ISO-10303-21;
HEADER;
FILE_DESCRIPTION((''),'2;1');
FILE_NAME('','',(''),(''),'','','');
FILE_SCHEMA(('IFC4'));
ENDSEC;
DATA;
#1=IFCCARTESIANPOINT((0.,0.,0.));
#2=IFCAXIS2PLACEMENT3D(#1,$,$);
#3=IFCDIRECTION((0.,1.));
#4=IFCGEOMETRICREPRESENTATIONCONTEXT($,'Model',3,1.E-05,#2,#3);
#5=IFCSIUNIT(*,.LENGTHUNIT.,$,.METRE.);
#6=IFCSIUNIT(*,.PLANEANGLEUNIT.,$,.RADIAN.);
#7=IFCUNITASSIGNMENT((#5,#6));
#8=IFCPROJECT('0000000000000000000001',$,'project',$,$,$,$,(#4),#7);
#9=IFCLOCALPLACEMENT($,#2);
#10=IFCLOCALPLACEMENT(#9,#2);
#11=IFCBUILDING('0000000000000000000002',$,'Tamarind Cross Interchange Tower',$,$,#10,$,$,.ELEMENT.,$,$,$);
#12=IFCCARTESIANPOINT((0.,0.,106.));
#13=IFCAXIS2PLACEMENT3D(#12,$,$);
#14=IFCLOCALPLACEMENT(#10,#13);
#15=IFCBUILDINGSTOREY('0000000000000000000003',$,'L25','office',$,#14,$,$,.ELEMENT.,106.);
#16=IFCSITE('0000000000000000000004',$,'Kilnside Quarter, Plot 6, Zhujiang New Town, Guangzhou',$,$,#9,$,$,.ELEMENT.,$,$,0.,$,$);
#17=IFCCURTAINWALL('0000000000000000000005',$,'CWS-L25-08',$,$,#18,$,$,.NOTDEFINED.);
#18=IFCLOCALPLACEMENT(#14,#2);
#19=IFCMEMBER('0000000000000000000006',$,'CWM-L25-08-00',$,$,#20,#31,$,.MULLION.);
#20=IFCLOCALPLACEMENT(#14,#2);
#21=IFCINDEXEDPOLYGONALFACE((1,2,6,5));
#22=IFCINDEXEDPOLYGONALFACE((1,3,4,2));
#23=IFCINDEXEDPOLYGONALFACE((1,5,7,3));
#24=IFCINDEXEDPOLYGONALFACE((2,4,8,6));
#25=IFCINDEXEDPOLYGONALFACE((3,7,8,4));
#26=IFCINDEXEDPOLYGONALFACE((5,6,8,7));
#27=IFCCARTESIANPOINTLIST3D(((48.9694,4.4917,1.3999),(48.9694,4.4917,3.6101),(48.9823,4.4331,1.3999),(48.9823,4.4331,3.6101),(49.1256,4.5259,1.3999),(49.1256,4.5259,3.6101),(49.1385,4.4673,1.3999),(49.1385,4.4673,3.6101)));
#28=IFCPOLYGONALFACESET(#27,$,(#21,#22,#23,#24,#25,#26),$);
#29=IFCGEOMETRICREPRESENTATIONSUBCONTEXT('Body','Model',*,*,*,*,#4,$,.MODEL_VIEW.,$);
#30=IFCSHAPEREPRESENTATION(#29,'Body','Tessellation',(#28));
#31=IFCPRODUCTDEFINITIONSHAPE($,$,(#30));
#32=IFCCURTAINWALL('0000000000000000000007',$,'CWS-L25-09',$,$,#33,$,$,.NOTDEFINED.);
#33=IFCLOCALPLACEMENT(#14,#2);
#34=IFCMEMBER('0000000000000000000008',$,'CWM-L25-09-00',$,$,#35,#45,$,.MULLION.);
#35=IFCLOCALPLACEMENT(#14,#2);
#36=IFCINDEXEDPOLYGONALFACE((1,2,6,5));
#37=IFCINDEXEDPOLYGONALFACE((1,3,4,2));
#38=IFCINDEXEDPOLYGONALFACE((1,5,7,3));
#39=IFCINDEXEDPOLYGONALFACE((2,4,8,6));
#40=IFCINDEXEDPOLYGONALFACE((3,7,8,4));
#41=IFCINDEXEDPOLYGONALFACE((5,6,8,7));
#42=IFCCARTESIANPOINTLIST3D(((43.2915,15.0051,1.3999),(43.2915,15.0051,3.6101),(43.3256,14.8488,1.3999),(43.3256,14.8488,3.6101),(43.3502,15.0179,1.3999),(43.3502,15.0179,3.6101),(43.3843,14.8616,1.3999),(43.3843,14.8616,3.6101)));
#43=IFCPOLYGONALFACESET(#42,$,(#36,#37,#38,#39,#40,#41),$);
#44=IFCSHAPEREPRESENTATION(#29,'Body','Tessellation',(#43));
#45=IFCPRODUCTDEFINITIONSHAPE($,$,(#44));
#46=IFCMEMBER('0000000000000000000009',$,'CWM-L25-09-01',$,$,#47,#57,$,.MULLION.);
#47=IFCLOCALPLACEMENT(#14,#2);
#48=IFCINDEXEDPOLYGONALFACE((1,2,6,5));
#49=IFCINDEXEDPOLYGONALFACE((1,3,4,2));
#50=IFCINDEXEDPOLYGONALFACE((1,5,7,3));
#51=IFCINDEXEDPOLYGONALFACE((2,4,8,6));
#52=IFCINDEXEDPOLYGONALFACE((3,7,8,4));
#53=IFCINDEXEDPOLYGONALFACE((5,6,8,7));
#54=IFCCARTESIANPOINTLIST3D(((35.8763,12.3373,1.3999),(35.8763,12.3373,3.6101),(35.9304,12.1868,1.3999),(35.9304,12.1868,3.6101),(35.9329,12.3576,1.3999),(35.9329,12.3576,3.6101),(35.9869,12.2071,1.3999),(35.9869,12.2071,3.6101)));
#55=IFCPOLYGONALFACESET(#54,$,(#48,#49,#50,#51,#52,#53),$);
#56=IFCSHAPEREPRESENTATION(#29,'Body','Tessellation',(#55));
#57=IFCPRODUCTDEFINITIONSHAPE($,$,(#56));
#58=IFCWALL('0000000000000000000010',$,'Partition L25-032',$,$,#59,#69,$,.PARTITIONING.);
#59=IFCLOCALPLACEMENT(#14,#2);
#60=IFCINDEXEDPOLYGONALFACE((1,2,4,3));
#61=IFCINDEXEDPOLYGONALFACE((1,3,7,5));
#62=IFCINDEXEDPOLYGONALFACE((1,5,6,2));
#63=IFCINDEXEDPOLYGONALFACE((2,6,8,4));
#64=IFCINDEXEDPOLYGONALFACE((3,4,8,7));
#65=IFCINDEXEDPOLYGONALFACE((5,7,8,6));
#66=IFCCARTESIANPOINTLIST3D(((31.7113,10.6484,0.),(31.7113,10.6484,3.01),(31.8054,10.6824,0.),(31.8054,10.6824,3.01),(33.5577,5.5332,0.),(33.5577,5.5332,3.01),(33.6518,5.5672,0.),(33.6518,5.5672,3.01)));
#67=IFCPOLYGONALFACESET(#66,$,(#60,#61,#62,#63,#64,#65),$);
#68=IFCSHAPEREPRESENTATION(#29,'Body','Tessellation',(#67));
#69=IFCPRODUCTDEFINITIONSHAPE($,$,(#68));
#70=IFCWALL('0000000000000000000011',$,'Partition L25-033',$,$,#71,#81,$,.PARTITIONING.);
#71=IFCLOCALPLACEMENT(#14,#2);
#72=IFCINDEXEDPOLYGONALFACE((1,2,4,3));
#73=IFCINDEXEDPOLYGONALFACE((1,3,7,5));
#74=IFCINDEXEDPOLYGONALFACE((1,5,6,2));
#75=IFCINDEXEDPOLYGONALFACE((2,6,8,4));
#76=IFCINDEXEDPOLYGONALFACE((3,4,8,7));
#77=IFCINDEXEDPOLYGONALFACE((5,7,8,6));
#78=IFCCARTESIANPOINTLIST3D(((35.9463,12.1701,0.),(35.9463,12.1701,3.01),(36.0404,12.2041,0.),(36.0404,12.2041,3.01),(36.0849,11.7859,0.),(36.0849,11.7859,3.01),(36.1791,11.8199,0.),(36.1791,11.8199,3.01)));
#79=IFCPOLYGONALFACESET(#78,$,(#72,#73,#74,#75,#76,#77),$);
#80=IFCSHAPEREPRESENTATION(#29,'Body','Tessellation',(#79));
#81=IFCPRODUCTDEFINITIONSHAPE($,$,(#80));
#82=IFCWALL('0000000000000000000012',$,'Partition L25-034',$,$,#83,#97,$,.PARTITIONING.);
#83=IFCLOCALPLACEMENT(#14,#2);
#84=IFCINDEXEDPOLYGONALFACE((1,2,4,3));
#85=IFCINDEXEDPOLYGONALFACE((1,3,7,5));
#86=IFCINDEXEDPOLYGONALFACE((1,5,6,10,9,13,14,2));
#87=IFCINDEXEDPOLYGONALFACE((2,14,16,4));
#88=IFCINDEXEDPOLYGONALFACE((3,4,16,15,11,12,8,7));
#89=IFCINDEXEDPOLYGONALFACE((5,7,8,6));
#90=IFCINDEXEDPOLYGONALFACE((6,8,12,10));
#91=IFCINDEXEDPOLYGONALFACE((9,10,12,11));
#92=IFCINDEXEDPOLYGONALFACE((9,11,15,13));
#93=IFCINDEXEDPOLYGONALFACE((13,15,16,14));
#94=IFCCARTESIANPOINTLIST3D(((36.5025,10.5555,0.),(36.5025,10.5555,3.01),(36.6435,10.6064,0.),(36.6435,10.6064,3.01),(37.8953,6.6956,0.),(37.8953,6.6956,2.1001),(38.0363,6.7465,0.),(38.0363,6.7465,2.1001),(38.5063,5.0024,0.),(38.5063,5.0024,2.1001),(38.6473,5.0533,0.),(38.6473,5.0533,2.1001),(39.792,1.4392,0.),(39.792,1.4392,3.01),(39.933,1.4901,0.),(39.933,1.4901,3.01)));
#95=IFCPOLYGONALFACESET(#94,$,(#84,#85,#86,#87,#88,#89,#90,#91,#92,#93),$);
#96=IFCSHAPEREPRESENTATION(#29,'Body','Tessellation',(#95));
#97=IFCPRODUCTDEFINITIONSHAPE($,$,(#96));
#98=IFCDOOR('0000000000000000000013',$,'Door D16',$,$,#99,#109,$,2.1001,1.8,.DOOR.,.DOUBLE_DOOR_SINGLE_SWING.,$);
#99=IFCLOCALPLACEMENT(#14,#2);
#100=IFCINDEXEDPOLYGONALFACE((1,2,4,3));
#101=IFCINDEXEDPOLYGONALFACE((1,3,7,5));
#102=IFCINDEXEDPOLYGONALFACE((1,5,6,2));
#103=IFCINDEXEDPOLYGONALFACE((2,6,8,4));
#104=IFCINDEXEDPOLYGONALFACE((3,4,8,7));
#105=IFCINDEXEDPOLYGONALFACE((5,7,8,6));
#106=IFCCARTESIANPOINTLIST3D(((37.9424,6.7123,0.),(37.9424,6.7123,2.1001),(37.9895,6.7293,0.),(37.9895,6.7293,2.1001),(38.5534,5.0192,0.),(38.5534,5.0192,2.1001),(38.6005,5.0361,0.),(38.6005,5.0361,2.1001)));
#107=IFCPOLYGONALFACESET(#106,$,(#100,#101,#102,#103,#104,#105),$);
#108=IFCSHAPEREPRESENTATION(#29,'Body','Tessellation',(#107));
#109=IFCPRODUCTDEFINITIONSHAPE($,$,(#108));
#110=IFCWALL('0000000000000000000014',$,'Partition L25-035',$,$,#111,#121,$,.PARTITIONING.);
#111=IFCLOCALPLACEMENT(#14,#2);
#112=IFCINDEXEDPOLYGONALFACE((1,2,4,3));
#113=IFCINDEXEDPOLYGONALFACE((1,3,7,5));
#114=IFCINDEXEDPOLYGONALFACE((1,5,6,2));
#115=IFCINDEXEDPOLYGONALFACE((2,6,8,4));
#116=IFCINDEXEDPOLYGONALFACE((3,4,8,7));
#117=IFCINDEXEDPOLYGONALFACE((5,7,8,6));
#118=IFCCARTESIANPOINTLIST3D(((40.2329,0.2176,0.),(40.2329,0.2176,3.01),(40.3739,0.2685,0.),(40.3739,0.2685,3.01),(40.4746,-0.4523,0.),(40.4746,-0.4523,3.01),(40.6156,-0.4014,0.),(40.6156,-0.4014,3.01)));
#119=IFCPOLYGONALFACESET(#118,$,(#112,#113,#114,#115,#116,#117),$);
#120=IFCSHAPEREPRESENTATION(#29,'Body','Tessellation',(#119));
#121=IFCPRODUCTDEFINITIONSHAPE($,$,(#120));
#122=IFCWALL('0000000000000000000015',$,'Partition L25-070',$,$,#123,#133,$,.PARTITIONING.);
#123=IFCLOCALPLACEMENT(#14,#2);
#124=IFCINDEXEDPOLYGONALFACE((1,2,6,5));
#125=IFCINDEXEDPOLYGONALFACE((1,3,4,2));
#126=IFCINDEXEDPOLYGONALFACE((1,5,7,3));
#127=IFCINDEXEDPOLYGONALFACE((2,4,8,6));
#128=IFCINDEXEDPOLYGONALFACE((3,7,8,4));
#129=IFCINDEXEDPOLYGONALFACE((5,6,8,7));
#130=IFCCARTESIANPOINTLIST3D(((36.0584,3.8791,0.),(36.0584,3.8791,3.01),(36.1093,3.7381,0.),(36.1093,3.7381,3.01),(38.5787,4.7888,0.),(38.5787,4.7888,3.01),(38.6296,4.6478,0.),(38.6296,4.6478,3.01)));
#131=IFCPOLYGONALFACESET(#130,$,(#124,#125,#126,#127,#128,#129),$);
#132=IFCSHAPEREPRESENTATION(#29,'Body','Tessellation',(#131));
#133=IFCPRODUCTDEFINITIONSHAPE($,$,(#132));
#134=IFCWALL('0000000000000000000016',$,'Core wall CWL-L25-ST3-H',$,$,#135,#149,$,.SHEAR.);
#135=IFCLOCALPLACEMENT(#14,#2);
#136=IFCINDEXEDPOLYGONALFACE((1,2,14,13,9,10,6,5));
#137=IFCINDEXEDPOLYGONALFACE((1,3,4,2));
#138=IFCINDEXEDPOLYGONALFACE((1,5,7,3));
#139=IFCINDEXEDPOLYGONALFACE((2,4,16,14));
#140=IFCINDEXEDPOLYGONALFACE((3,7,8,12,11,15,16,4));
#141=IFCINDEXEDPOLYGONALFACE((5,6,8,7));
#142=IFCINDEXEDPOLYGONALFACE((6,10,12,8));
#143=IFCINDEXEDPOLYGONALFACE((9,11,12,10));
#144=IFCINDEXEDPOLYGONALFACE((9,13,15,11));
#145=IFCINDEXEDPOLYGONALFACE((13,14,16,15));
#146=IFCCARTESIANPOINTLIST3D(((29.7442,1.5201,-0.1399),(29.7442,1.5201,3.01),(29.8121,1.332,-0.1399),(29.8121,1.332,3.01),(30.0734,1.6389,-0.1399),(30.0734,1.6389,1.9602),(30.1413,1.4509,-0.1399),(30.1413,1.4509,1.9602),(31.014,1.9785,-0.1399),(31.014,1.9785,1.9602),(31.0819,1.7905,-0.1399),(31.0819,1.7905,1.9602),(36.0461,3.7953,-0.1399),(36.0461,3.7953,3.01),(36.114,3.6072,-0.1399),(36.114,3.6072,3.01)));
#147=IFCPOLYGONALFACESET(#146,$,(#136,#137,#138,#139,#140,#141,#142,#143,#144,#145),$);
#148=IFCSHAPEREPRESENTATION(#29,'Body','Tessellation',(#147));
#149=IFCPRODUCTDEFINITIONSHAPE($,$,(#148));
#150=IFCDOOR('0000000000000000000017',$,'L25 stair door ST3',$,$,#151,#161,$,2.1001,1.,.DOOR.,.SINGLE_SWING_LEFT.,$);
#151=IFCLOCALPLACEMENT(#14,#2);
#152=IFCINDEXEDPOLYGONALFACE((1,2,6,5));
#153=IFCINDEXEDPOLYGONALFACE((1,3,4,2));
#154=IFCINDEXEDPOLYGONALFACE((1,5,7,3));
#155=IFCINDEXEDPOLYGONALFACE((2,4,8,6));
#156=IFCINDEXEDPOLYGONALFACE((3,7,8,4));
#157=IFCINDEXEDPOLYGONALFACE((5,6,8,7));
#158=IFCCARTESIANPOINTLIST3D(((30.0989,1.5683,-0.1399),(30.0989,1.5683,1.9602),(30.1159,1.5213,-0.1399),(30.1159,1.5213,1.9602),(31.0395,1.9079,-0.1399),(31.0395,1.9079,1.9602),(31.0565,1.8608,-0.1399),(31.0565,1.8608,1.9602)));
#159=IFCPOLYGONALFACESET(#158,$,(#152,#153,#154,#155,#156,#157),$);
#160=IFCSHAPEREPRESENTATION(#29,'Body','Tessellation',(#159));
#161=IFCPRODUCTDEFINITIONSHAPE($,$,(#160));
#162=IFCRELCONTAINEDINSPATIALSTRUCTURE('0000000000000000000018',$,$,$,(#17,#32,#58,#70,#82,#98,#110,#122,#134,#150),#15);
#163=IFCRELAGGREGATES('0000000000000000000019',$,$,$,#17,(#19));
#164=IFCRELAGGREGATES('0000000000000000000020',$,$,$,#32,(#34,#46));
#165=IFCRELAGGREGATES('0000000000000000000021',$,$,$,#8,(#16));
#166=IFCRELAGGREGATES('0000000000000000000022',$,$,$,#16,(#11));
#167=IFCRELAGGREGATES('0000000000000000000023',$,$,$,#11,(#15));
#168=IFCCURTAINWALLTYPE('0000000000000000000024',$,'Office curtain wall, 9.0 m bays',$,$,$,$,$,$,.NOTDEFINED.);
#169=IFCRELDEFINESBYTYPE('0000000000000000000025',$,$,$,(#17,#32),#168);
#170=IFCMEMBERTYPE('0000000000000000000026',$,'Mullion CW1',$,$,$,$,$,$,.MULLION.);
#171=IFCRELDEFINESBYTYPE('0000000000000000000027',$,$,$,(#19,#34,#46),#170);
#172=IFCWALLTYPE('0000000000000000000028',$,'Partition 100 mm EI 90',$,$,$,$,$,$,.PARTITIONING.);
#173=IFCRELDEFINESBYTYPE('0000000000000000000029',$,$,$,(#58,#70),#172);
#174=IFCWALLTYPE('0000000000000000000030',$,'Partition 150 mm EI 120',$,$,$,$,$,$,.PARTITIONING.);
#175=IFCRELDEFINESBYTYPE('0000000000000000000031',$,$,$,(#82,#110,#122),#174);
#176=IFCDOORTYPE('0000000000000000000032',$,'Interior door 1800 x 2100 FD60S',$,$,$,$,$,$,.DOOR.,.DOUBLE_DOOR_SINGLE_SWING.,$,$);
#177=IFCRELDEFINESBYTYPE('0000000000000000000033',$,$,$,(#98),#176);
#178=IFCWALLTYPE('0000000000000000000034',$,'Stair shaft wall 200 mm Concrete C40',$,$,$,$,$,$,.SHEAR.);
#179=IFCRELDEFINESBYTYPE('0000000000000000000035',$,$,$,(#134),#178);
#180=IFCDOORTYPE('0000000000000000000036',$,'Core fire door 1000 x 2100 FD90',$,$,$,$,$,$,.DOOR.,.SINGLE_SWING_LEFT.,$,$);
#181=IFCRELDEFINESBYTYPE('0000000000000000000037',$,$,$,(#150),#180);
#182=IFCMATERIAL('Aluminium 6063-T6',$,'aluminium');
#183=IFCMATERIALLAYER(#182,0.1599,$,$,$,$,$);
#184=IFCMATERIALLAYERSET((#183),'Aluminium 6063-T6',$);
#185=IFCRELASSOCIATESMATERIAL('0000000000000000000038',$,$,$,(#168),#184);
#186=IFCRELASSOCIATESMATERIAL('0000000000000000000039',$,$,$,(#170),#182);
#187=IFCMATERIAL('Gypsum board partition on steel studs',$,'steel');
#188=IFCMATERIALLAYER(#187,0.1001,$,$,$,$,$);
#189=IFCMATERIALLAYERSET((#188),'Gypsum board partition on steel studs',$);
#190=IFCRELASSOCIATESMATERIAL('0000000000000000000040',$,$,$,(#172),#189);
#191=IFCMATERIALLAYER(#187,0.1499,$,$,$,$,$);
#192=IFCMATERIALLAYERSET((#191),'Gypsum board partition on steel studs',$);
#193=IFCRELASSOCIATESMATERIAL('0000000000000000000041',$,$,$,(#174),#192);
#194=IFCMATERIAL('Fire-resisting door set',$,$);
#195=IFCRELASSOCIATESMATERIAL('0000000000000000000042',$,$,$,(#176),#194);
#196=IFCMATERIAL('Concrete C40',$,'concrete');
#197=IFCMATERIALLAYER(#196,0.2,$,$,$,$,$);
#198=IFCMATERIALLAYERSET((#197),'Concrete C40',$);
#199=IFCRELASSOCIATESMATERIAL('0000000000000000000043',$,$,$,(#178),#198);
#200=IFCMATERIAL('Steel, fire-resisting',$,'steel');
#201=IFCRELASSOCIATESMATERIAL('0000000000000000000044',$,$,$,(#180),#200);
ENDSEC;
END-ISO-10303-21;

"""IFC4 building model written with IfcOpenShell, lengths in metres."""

from ifc_helpers import new_model, si_unit, direction, frame, frame_2d, origin, origin_2d, place, context, subcontext, project, spatial, rectangle, extrude, material, layer, layer_set, material_profile, profile_set, type_object, element, fill, aggregate, save


model = new_model("IFC4")

# Units and contexts
model_context = context("Model", 3, precision=1e-05, world=origin(), true_north=direction((0.0, 1.0)))
body_context = subcontext(model_context, "Body", "Model", "MODEL_VIEW")
ifc_project = project(units=[si_unit("LENGTHUNIT", "METRE"), si_unit("PLANEANGLEUNIT", "RADIAN")], contexts=[model_context])

# Site, building, storey
site_placement = place(None, origin())
site = spatial("IfcSite", under=ifc_project, at=site_placement, Name="Kilnside Quarter, Plot 6, Zhujiang New Town, Guangzhou", CompositionType="ELEMENT", RefElevation=0.0)
building_placement = place(site_placement, origin())
building = spatial("IfcBuilding", under=site, at=building_placement, Name="Tamarind Cross Interchange Tower", CompositionType="ELEMENT")
storey_placement = place(building_placement, frame((0.0, 0.0, 106.0)))
storey = spatial("IfcBuildingStorey", under=building, at=storey_placement, Name="L25", Description="office", CompositionType="ELEMENT", Elevation=106.0)

# Curtain wall, member
ifc_material_1 = material(Name="Aluminium 6063-T6", Category="aluminium")
ifc_layer_1 = layer(ifc_material_1, 0.1599)
ifc_layer_set_1 = layer_set([ifc_layer_1], Name="Aluminium 6063-T6")
curtain_wall_type = type_object("IfcCurtainWallType", Name="Office curtain wall, 9.0 m bays", PredefinedType="NOTDEFINED", material=ifc_layer_set_1)
curtain_wall_1_placement = place(storey_placement, origin())
curtain_wall_1 = element("IfcCurtainWall", 1, at=curtain_wall_1_placement, inside=storey, type_object=curtain_wall_type, Name="CWS-L25-08", PredefinedType="NOTDEFINED")
ifc_material_profile_1 = material_profile(ifc_material_1, rectangle(XDim=0.0601, YDim=0.1599, at=origin_2d()), Name="Mullion CW1")
ifc_profile_set_1 = profile_set([ifc_material_profile_1], Name="Aluminium 6063-T6")
member_type = type_object("IfcMemberType", Name="Mullion CW1", PredefinedType="MULLION", material=ifc_profile_set_1)
member_1_placement = place(storey_placement, frame((49.054, 4.4795, 1.3999), z_axis=(0.0, 0.0, 1.0), x_axis=(-0.213903, 0.976855, 0.0)))
member_1 = element("IfcMember", 2, at=member_1_placement, type_object=member_type, Name="CWM-L25-08-00", PredefinedType="MULLION", context=body_context, shape_type="SweptSolid", body=[
    extrude(rectangle(XDim=0.0601, YDim=0.1599, at=origin_2d()), origin(), (0.0, 0.0, 1.0), 2.2102),
])
aggregate(curtain_wall_1, [member_1])

# Curtain wall, members
curtain_wall_2_placement = place(storey_placement, origin())
curtain_wall_2 = element("IfcCurtainWall", 3, at=curtain_wall_2_placement, inside=storey, type_object=curtain_wall_type, Name="CWS-L25-09", PredefinedType="NOTDEFINED")
member_2_placement = place(storey_placement, frame((43.3379, 14.9333, 1.3999), z_axis=(0.0, 0.0, 1.0), x_axis=(-0.977019, -0.213151, 0.0)))
member_2 = element("IfcMember", 4, at=member_2_placement, type_object=member_type, Name="CWM-L25-09-00", PredefinedType="MULLION", context=body_context, shape_type="SweptSolid", body=[
    extrude(rectangle(XDim=0.0601, YDim=0.1599, at=origin_2d()), origin(), (0.0, 0.0, 1.0), 2.2102),
])
member_3_placement = place(storey_placement, frame((35.9316, 12.2722, 1.3999), z_axis=(0.0, 0.0, 1.0), x_axis=(-0.9411, -0.338129, 0.0)))
member_3 = element("IfcMember", 5, at=member_3_placement, type_object=member_type, Name="CWM-L25-09-01", PredefinedType="MULLION", context=body_context, shape_type="SweptSolid", body=[
    extrude(rectangle(XDim=0.0601, YDim=0.1599, at=origin_2d()), origin(), (0.0, 0.0, 1.0), 2.2102),
])
aggregate(curtain_wall_2, [member_2, member_3])

# Walls
ifc_material_2 = material(Name="Gypsum board partition on steel studs", Category="steel")
ifc_layer_2 = layer(ifc_material_2, 0.1001)
ifc_layer_set_2 = layer_set([ifc_layer_2], Name="Gypsum board partition on steel studs")
wall_type_1 = type_object("IfcWallType", Name="Partition 100 mm EI 90", PredefinedType="PARTITIONING", material=ifc_layer_set_2)
wall_1_placement = place(storey_placement, frame((31.7583, 10.6655, 0.0), z_axis=(0.0, 0.0, 1.0), x_axis=(0.339525, -0.940597, 0.0)))
element("IfcWall", 6, at=wall_1_placement, inside=storey, type_object=wall_type_1, Name="Partition L25-032", PredefinedType="PARTITIONING", context=body_context, shape_type="SweptSolid", body=[
    extrude(rectangle(XDim=5.4382, YDim=0.1001, at=frame_2d((2.7192, 0.0))), origin(), (0.0, 0.0, 1.0), 3.01),
])
wall_2_placement = place(storey_placement, frame((35.9934, 12.187, 0.0), z_axis=(0.0, 0.0, 1.0), x_axis=(0.339439, -0.940628, 0.0)))
element("IfcWall", 7, at=wall_2_placement, inside=storey, type_object=wall_type_1, Name="Partition L25-033", PredefinedType="PARTITIONING", context=body_context, shape_type="SweptSolid", body=[
    extrude(rectangle(XDim=0.4084, YDim=0.1001, at=frame_2d((0.2041, 0.0))), origin(), (0.0, 0.0, 1.0), 3.01),
])

# Wall, opening, door
ifc_layer_3 = layer(ifc_material_2, 0.1499)
ifc_layer_set_3 = layer_set([ifc_layer_3], Name="Gypsum board partition on steel studs")
wall_type_2 = type_object("IfcWallType", Name="Partition 150 mm EI 120", PredefinedType="PARTITIONING", material=ifc_layer_set_3)
wall_3_placement = place(storey_placement, frame((36.573, 10.5808, 0.0), z_axis=(0.0, 0.0, 1.0), x_axis=(0.339424, -0.940633, 0.0)))
wall_3 = element("IfcWall", 8, at=wall_3_placement, inside=storey, type_object=wall_type_2, Name="Partition L25-034", PredefinedType="PARTITIONING", context=body_context, shape_type="SweptSolid", body=[
    extrude(rectangle(XDim=9.6917, YDim=0.1499, at=frame_2d((4.8457, 0.0))), origin(), (0.0, 0.0, 1.0), 3.01),
])
opening_1_placement = place(wall_3_placement, frame((4.1035, 0.0, 0.0)))
opening_1 = element("IfcOpeningElement", 9, at=opening_1_placement, cuts=wall_3, PredefinedType="OPENING", context=body_context, shape_type="SweptSolid", body=[
    extrude(rectangle(XDim=1.8, YDim=2.1001, at=frame_2d((0.8999, 1.05))), frame((0.0, 0.085, 0.0), z_axis=(0.0, -1.0, 0.0), x_axis=(1.0, 0.0, 0.0)), (0.0, 0.0, 1.0), 0.1699),
])
ifc_material_3 = material(Name="Fire-resisting door set")
door_type_1 = type_object("IfcDoorType", Name="Interior door 1800 x 2100 FD60S", OperationType="DOUBLE_DOOR_SINGLE_SWING", PredefinedType="DOOR", material=ifc_material_3)
door_1_placement = place(opening_1_placement, frame((1.8, 0.0, 0.0), z_axis=(0.0, 0.0, 1.0), x_axis=(-1.0, 0.0, 0.0)))
door_1 = element("IfcDoor", 10, at=door_1_placement, inside=storey, type_object=door_type_1, Name="Door D16", OperationType="DOUBLE_DOOR_SINGLE_SWING", OverallHeight=2.1001, OverallWidth=1.8, PredefinedType="DOOR", context=body_context, shape_type="SweptSolid", body=[
    extrude(rectangle(XDim=1.8, YDim=2.1001, at=frame_2d((0.8999, 1.05))), frame((0.0, 0.0249, 0.0), z_axis=(0.0, -1.0, 0.0), x_axis=(1.0, 0.0, 0.0)), (0.0, 0.0, 1.0), 0.05),
])
fill(opening_1, door_1)

# Walls
wall_4_placement = place(storey_placement, frame((40.3035, 0.2429, 0.0), z_axis=(0.0, 0.0, 1.0), x_axis=(0.339375, -0.940651, 0.0)))
element("IfcWall", 11, at=wall_4_placement, inside=storey, type_object=wall_type_2, Name="Partition L25-035", PredefinedType="PARTITIONING", context=body_context, shape_type="SweptSolid", body=[
    extrude(rectangle(XDim=0.7122, YDim=0.1499, at=frame_2d((0.356, 0.0))), origin(), (0.0, 0.0, 1.0), 3.01),
])
wall_5_placement = place(storey_placement, frame((36.0837, 3.8086, 0.0), z_axis=(0.0, 0.0, 1.0), x_axis=(0.940605, 0.339503, 0.0)))
element("IfcWall", 12, at=wall_5_placement, inside=storey, type_object=wall_type_2, Name="Partition L25-070", PredefinedType="PARTITIONING", context=body_context, shape_type="SweptSolid", body=[
    extrude(rectangle(XDim=2.6794, YDim=0.1499, at=frame_2d((1.3398, 0.0))), origin(), (0.0, 0.0, 1.0), 3.01),
])

# Wall, opening, door
ifc_material_4 = material(Name="Concrete C40", Category="concrete")
ifc_layer_4 = layer(ifc_material_4, 0.2)
ifc_layer_set_4 = layer_set([ifc_layer_4], Name="Concrete C40")
wall_type_3 = type_object("IfcWallType", Name="Stair shaft wall 200 mm Concrete C40", PredefinedType="SHEAR", material=ifc_layer_set_4)
wall_6_placement = place(storey_placement, frame((29.7781, 1.426, -0.1399), z_axis=(0.0, 0.0, 1.0), x_axis=(0.940577, 0.33958, 0.0)))
wall_6 = element("IfcWall", 13, at=wall_6_placement, inside=storey, type_object=wall_type_3, Name="Core wall CWL-L25-ST3-H", PredefinedType="SHEAR", context=body_context, shape_type="SweptSolid", body=[
    extrude(rectangle(XDim=6.7, YDim=0.2, at=frame_2d((3.3501, 0.0))), origin(), (0.0, 0.0, 1.0), 3.1499),
])
opening_2_placement = place(wall_6_placement, frame((0.3501, 0.0, 0.0)))
opening_2 = element("IfcOpeningElement", 14, at=opening_2_placement, cuts=wall_6, PredefinedType="OPENING", context=body_context, shape_type="SweptSolid", body=[
    extrude(rectangle(XDim=1.0, YDim=2.1001, at=frame_2d((0.5, 1.05))), frame((0.0, 0.1099, 0.0), z_axis=(0.0, -1.0, 0.0), x_axis=(1.0, 0.0, 0.0)), (0.0, 0.0, 1.0), 0.22),
])
ifc_material_5 = material(Name="Steel, fire-resisting", Category="steel")
door_type_2 = type_object("IfcDoorType", Name="Core fire door 1000 x 2100 FD90", OperationType="SINGLE_SWING_LEFT", PredefinedType="DOOR", material=ifc_material_5)
door_2_placement = place(opening_2_placement, origin())
door_2 = element("IfcDoor", 15, at=door_2_placement, inside=storey, type_object=door_type_2, Name="L25 stair door ST3", OperationType="SINGLE_SWING_LEFT", OverallHeight=2.1001, OverallWidth=1.0, PredefinedType="DOOR", context=body_context, shape_type="SweptSolid", body=[
    extrude(rectangle(XDim=1.0, YDim=2.1001, at=frame_2d((0.5, 1.05))), frame((0.0, 0.0249, 0.0), z_axis=(0.0, -1.0, 0.0), x_axis=(1.0, 0.0, 0.0)), (0.0, 0.0, 1.0), 0.05),
])
fill(opening_2, door_2)

save(model, "model.ifc")
